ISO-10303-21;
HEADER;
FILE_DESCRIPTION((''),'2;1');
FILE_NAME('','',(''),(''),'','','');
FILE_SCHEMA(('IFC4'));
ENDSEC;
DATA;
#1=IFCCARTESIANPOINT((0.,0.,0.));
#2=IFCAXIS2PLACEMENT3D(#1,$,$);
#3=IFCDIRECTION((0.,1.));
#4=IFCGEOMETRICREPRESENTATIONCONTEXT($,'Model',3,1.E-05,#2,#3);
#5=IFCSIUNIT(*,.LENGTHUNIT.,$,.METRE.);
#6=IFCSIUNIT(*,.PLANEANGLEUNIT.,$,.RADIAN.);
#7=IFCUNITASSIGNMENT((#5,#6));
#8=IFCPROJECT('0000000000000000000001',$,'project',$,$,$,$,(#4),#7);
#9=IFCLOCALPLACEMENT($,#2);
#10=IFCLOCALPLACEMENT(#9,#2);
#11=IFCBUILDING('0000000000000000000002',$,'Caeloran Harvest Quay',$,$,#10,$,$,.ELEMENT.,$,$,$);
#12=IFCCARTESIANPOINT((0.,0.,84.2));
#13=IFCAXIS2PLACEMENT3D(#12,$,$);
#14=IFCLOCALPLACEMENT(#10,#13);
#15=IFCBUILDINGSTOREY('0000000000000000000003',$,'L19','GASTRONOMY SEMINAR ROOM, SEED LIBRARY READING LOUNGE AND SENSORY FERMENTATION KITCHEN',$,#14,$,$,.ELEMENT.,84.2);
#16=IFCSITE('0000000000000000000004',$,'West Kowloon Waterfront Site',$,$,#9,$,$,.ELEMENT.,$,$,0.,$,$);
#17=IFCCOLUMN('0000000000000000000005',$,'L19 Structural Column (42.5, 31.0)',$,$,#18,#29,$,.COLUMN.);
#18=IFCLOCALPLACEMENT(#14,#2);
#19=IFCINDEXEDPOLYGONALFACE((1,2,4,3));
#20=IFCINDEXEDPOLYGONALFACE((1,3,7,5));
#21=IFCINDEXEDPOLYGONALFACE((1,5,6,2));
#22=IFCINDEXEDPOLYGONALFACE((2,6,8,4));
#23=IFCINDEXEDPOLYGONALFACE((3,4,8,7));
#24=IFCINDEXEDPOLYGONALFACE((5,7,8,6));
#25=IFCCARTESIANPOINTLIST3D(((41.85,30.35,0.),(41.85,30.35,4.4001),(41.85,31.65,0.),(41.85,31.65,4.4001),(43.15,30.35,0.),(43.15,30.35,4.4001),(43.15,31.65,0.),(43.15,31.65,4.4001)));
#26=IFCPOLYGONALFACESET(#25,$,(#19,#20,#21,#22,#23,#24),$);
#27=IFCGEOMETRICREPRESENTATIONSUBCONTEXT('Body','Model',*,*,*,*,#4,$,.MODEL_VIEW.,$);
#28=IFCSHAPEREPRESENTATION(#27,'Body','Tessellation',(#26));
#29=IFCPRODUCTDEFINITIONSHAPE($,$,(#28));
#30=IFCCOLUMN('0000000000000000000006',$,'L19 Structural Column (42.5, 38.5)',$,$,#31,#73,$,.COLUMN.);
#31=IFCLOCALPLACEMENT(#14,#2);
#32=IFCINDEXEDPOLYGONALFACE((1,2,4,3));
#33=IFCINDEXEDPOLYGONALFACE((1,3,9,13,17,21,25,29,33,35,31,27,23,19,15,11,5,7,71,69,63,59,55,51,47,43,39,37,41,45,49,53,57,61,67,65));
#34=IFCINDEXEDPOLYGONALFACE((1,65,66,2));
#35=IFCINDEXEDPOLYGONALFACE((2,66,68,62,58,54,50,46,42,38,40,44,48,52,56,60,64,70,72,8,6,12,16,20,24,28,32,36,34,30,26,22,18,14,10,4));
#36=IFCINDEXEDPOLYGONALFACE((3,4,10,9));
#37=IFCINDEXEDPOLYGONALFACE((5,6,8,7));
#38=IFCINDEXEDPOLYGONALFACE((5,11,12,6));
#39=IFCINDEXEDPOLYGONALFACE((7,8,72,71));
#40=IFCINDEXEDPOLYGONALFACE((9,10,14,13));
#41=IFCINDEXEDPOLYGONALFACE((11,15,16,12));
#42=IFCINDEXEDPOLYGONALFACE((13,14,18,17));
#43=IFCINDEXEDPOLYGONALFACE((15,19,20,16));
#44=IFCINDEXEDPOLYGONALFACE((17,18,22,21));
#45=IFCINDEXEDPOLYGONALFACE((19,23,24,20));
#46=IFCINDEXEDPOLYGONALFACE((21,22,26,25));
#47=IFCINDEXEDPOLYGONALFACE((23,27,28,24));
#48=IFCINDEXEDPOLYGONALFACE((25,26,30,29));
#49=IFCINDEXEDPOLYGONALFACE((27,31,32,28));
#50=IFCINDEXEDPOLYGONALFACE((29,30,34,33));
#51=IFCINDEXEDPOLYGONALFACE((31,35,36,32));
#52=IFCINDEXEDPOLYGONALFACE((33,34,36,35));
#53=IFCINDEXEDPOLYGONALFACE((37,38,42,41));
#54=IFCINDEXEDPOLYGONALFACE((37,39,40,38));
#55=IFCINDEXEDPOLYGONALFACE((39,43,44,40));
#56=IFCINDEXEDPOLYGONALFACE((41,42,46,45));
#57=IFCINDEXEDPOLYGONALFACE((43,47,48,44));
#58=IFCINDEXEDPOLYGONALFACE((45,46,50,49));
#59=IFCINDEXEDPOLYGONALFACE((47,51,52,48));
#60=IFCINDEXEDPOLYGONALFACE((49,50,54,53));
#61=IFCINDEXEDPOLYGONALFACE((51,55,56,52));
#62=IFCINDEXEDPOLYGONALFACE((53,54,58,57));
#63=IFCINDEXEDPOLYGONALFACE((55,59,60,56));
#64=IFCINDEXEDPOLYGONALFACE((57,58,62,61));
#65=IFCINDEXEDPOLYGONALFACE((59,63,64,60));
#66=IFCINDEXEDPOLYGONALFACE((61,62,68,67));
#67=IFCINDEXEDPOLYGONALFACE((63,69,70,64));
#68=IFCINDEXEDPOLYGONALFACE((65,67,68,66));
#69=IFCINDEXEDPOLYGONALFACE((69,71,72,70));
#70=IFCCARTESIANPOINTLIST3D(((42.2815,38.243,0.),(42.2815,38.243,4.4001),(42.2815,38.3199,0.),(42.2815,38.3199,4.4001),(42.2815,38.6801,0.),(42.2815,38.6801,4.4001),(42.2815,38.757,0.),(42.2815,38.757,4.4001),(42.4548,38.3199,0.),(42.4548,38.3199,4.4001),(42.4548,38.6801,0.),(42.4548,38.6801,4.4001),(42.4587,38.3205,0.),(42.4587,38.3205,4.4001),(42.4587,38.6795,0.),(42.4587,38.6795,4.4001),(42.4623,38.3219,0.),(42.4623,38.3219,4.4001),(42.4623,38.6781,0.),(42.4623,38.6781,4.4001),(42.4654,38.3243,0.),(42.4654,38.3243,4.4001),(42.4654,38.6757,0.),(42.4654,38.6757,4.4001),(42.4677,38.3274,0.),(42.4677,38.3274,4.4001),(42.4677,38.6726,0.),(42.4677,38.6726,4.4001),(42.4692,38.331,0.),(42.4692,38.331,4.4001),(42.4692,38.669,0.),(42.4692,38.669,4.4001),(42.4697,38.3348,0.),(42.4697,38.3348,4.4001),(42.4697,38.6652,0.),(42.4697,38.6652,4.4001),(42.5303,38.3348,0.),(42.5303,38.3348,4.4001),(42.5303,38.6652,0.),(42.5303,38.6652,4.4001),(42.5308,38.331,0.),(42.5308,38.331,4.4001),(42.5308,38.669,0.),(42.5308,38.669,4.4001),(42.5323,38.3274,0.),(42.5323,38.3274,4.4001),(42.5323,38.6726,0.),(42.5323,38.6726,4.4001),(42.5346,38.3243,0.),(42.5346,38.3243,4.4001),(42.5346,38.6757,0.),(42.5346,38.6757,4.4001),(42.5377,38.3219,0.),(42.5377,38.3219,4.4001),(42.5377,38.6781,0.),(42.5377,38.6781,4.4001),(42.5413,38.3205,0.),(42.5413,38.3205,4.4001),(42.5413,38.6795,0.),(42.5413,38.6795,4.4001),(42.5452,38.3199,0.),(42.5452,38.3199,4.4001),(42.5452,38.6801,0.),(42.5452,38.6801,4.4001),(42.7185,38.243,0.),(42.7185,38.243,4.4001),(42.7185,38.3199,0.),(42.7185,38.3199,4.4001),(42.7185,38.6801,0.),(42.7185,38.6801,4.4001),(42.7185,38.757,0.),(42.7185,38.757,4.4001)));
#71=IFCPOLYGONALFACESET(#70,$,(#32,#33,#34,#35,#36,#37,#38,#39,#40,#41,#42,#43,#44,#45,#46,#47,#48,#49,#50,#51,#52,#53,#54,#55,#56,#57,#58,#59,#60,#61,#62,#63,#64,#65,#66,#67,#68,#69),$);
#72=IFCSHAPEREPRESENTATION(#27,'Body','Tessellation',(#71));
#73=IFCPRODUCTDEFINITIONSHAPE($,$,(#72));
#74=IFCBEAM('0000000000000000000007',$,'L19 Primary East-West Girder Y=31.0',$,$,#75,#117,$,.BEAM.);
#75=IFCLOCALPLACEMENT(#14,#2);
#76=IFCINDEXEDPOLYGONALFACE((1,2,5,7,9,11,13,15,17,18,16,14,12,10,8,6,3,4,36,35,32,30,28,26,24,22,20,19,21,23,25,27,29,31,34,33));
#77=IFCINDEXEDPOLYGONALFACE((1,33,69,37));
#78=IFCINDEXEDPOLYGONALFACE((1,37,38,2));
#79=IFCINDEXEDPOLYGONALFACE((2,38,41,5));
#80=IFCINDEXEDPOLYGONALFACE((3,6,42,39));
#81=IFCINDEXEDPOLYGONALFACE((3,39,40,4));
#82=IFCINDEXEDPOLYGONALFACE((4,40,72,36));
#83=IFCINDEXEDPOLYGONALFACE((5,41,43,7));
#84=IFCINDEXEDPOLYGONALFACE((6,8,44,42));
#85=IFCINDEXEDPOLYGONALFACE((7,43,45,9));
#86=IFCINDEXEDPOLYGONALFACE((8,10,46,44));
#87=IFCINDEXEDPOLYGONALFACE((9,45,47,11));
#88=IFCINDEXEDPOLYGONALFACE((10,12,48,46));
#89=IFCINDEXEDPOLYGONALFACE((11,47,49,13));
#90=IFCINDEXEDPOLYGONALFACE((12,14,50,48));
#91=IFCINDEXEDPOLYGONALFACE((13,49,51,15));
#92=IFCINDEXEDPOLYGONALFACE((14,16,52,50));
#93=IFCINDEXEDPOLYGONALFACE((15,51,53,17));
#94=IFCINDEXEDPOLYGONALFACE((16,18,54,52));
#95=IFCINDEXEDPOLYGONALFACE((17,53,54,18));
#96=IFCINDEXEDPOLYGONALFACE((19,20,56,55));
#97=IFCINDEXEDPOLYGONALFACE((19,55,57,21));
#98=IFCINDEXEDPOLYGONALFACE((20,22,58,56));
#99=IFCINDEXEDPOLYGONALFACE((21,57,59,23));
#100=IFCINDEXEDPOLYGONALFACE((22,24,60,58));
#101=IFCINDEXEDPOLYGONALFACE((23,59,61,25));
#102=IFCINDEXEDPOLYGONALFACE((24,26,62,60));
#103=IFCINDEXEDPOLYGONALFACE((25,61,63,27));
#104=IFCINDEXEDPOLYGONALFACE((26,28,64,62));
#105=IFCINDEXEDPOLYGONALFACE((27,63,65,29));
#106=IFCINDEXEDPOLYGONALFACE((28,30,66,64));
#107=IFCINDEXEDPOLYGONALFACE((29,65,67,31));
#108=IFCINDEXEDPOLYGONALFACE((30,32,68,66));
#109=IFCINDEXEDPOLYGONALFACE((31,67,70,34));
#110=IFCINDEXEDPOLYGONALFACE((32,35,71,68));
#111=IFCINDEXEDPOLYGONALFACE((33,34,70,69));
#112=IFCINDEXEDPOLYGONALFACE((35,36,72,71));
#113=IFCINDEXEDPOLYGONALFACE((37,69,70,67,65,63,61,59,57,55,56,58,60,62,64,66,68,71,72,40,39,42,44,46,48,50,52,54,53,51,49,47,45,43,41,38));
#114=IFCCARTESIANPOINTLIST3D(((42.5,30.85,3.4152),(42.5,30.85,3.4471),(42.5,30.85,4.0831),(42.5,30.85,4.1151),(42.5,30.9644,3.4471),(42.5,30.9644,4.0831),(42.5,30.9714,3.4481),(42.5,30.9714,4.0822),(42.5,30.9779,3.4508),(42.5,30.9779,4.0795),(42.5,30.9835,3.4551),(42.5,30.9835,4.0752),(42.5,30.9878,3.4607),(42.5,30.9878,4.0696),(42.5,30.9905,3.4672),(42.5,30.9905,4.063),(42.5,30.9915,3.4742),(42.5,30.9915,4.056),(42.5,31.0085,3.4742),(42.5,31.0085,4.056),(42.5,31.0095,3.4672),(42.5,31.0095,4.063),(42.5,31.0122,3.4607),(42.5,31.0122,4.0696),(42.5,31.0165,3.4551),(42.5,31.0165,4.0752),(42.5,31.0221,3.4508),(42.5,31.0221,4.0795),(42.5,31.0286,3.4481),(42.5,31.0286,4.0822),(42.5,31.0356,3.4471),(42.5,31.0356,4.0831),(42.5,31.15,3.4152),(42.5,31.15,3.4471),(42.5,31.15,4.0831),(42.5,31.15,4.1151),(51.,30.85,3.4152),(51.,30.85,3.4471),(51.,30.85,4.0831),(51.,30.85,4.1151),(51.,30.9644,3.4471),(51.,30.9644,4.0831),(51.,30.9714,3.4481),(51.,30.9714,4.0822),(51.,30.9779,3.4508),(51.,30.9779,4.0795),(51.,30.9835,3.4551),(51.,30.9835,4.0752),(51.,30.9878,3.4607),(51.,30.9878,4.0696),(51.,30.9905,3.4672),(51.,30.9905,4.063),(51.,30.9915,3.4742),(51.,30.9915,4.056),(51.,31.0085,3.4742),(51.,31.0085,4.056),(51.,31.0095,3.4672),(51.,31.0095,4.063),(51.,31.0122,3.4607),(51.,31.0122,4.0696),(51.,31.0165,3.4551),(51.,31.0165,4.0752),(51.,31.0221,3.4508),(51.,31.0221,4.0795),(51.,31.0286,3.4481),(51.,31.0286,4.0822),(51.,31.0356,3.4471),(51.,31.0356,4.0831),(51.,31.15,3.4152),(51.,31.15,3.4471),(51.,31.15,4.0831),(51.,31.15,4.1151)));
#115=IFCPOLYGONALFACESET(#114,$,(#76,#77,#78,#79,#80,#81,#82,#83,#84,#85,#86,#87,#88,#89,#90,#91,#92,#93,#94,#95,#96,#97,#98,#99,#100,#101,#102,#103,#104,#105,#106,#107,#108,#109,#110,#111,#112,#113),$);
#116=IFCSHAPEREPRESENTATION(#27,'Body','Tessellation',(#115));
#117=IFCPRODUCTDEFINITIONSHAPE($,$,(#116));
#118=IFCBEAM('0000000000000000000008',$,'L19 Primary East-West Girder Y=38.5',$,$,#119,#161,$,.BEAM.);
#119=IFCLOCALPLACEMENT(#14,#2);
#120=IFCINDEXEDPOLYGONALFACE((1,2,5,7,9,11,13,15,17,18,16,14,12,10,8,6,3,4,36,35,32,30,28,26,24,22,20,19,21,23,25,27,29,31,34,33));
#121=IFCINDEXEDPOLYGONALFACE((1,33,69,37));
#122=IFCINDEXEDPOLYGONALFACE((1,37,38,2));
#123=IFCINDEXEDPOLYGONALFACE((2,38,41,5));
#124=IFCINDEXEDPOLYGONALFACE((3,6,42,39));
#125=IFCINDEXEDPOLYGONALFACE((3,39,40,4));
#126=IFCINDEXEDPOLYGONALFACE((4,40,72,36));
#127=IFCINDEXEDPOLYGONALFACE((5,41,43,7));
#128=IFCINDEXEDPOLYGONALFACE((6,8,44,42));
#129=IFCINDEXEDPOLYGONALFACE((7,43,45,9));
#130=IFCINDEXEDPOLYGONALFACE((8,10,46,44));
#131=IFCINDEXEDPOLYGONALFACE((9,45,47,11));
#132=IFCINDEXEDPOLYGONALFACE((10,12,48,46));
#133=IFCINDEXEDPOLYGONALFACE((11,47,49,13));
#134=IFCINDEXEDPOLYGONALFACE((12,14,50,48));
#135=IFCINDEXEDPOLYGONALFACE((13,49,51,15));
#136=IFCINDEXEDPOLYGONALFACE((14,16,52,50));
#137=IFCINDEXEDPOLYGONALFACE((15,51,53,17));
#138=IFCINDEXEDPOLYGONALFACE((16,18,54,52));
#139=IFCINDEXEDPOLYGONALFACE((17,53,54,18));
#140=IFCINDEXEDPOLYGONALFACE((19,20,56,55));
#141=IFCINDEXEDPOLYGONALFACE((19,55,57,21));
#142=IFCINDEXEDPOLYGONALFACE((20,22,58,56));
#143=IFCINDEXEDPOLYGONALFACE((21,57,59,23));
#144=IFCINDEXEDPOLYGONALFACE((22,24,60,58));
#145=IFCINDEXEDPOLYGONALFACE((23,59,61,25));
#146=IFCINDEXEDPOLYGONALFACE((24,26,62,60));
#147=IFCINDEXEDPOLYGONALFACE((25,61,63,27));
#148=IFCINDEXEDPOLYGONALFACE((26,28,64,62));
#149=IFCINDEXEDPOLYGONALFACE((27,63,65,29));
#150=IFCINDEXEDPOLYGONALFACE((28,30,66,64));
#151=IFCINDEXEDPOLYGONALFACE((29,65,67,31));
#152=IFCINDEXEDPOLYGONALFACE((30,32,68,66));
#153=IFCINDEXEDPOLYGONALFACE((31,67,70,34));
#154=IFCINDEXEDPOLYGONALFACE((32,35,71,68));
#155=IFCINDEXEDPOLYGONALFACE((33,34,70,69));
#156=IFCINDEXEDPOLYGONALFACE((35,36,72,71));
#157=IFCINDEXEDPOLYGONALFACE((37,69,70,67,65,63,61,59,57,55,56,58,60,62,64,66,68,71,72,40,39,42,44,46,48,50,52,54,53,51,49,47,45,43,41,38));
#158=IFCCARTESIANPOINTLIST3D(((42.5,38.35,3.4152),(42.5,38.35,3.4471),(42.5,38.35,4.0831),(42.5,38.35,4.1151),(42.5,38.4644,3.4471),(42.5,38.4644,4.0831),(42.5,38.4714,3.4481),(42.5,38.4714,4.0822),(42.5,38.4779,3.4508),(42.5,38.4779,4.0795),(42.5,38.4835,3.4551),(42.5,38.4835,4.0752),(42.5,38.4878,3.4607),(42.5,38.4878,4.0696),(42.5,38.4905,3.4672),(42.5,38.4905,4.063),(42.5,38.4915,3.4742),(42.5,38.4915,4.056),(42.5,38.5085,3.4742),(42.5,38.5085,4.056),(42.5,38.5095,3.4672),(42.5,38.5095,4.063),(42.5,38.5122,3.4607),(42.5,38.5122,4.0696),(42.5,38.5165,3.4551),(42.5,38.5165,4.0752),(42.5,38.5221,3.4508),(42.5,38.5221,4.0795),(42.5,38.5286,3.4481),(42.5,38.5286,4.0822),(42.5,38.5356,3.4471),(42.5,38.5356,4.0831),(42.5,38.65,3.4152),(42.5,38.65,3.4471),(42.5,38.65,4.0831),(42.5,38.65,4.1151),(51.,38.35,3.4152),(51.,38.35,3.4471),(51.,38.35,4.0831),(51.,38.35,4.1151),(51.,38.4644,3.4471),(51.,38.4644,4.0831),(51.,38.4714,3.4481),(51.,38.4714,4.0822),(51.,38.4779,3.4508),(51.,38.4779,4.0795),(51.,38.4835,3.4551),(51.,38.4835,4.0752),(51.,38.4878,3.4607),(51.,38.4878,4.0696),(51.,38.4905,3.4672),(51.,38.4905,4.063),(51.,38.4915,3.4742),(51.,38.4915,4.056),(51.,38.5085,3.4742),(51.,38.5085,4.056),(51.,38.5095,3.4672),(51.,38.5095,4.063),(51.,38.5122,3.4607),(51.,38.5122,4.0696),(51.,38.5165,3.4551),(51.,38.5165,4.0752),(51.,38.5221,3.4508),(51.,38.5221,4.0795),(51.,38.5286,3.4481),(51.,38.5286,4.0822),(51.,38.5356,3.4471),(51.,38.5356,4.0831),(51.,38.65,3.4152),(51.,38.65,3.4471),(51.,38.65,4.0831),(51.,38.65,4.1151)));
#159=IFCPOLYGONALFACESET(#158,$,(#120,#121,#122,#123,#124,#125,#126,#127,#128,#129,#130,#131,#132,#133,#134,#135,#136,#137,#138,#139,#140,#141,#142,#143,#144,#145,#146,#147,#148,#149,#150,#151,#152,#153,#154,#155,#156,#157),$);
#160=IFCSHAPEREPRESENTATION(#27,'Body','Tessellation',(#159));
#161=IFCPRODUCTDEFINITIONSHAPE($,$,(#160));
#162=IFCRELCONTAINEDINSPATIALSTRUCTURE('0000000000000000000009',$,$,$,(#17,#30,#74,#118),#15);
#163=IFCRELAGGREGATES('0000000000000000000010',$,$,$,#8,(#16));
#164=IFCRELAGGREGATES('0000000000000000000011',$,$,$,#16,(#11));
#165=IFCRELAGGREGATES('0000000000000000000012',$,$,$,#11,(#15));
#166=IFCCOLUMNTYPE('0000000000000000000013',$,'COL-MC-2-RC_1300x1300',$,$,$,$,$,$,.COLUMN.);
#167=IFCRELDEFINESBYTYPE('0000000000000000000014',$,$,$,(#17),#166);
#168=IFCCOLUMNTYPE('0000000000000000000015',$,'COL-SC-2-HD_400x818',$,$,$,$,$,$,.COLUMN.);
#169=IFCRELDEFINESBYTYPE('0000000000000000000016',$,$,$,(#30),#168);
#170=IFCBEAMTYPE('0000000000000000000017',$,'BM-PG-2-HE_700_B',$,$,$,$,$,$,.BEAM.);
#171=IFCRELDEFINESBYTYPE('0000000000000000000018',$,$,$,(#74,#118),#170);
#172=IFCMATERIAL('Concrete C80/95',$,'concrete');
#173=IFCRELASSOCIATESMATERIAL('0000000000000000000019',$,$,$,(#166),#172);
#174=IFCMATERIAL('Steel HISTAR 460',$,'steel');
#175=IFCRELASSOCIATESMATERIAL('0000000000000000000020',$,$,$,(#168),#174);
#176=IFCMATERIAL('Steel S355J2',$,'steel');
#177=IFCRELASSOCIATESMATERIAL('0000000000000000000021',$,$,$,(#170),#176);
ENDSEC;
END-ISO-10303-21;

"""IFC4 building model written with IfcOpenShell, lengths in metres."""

from ifc_helpers import new_model, si_unit, direction, frame, origin, origin_2d, place, context, subcontext, project, spatial, rectangle, i_section, extrude, material, material_profile, profile_set, type_object, element, save


model = new_model("IFC4")

# Units and contexts
model_context = context("Model", 3, precision=1e-05, world=origin(), true_north=direction((0.0, 1.0)))
body_context = subcontext(model_context, "Body", "Model", "MODEL_VIEW")
ifc_project = project(units=[si_unit("LENGTHUNIT", "METRE"), si_unit("PLANEANGLEUNIT", "RADIAN")], contexts=[model_context])

# Site, building, storey
site_placement = place(None, origin())
site = spatial("IfcSite", under=ifc_project, at=site_placement, Name="West Kowloon Waterfront Site", CompositionType="ELEMENT", RefElevation=0.0)
building_placement = place(site_placement, origin())
building = spatial("IfcBuilding", under=site, at=building_placement, Name="Caeloran Harvest Quay", CompositionType="ELEMENT")
storey_placement = place(building_placement, frame((0.0, 0.0, 84.2)))
storey = spatial("IfcBuildingStorey", under=building, at=storey_placement, Name="L19", Description="GASTRONOMY SEMINAR ROOM, SEED LIBRARY READING LOUNGE AND SENSORY FERMENTATION KITCHEN", CompositionType="ELEMENT", Elevation=84.2)

# Columns
ifc_material_1 = material(Name="Concrete C80/95", Category="concrete")
ifc_material_profile_1 = material_profile(ifc_material_1, rectangle(XDim=1.3, YDim=1.3, at=origin_2d()), Name="RC 1300x1300")
ifc_profile_set_1 = profile_set([ifc_material_profile_1], Name="Concrete C80/95")
column_type_1 = type_object("IfcColumnType", Name="COL-MC-2-RC_1300x1300", PredefinedType="COLUMN", material=ifc_profile_set_1)
column_1_placement = place(storey_placement, frame((42.5, 31.0, 0.0), z_axis=(0.0, 0.0, 1.0), x_axis=(1.0, 0.0, 0.0)))
element("IfcColumn", 1, at=column_1_placement, inside=storey, type_object=column_type_1, Name="L19 Structural Column (42.5, 31.0)", PredefinedType="COLUMN", context=body_context, shape_type="SweptSolid", body=[
    extrude(rectangle(XDim=1.3, YDim=1.3, at=origin_2d()), origin(), (0.0, 0.0, 1.0), 4.4001),
])
ifc_material_2 = material(Name="Steel HISTAR 460", Category="steel")
ifc_material_profile_2 = material_profile(ifc_material_2, i_section(OverallWidth=0.437, OverallDepth=0.5139, WebThickness=0.0605, FlangeThickness=0.0769, FilletRadius=0.0149, at=origin_2d()), Name="HD 400x818")
ifc_profile_set_2 = profile_set([ifc_material_profile_2], Name="Steel HISTAR 460")
column_type_2 = type_object("IfcColumnType", Name="COL-SC-2-HD_400x818", PredefinedType="COLUMN", material=ifc_profile_set_2)
column_2_placement = place(storey_placement, frame((42.5, 38.5, 0.0), z_axis=(0.0, 0.0, 1.0), x_axis=(1.0, 0.0, 0.0)))
element("IfcColumn", 2, at=column_2_placement, inside=storey, type_object=column_type_2, Name="L19 Structural Column (42.5, 38.5)", PredefinedType="COLUMN", context=body_context, shape_type="SweptSolid", body=[
    extrude(i_section(OverallWidth=0.437, OverallDepth=0.5139, WebThickness=0.0605, FlangeThickness=0.0769, FilletRadius=0.0149, at=origin_2d()), origin(), (0.0, 0.0, 1.0), 4.4001),
])

# Beams
ifc_material_3 = material(Name="Steel S355J2", Category="steel")
ifc_material_profile_3 = material_profile(ifc_material_3, i_section(OverallWidth=0.3, OverallDepth=0.7, WebThickness=0.0171, FlangeThickness=0.032, FilletRadius=0.0271, at=origin_2d()), Name="HE 700 B")
ifc_profile_set_3 = profile_set([ifc_material_profile_3], Name="Steel S355J2")
beam_type_1 = type_object("IfcBeamType", Name="BM-PG-2-HE_700_B", PredefinedType="BEAM", material=ifc_profile_set_3)
for number, where, z_axis, x_axis, name in (
    (3, (42.5, 31.0, 3.7651), (1.0, 0.0, 0.0), (0.0, 1.0, 0.0), "L19 Primary East-West Girder Y=31.0"),
    (4, (42.5, 38.5, 3.7651), (1.0, 0.0, 0.0), (0.0, 1.0, 0.0), "L19 Primary East-West Girder Y=38.5"),
):
    element("IfcBeam", number, at=place(storey_placement, frame(where, z_axis=z_axis, x_axis=x_axis)), inside=storey, type_object=beam_type_1, Name=name, PredefinedType="BEAM", context=body_context, shape_type="SweptSolid", body=[
        extrude(i_section(OverallWidth=0.3, OverallDepth=0.7, WebThickness=0.0171, FlangeThickness=0.032, FilletRadius=0.0271, at=origin_2d()), origin(), (0.0, 0.0, 1.0), 8.5),
    ])

save(model, "model.ifc")
